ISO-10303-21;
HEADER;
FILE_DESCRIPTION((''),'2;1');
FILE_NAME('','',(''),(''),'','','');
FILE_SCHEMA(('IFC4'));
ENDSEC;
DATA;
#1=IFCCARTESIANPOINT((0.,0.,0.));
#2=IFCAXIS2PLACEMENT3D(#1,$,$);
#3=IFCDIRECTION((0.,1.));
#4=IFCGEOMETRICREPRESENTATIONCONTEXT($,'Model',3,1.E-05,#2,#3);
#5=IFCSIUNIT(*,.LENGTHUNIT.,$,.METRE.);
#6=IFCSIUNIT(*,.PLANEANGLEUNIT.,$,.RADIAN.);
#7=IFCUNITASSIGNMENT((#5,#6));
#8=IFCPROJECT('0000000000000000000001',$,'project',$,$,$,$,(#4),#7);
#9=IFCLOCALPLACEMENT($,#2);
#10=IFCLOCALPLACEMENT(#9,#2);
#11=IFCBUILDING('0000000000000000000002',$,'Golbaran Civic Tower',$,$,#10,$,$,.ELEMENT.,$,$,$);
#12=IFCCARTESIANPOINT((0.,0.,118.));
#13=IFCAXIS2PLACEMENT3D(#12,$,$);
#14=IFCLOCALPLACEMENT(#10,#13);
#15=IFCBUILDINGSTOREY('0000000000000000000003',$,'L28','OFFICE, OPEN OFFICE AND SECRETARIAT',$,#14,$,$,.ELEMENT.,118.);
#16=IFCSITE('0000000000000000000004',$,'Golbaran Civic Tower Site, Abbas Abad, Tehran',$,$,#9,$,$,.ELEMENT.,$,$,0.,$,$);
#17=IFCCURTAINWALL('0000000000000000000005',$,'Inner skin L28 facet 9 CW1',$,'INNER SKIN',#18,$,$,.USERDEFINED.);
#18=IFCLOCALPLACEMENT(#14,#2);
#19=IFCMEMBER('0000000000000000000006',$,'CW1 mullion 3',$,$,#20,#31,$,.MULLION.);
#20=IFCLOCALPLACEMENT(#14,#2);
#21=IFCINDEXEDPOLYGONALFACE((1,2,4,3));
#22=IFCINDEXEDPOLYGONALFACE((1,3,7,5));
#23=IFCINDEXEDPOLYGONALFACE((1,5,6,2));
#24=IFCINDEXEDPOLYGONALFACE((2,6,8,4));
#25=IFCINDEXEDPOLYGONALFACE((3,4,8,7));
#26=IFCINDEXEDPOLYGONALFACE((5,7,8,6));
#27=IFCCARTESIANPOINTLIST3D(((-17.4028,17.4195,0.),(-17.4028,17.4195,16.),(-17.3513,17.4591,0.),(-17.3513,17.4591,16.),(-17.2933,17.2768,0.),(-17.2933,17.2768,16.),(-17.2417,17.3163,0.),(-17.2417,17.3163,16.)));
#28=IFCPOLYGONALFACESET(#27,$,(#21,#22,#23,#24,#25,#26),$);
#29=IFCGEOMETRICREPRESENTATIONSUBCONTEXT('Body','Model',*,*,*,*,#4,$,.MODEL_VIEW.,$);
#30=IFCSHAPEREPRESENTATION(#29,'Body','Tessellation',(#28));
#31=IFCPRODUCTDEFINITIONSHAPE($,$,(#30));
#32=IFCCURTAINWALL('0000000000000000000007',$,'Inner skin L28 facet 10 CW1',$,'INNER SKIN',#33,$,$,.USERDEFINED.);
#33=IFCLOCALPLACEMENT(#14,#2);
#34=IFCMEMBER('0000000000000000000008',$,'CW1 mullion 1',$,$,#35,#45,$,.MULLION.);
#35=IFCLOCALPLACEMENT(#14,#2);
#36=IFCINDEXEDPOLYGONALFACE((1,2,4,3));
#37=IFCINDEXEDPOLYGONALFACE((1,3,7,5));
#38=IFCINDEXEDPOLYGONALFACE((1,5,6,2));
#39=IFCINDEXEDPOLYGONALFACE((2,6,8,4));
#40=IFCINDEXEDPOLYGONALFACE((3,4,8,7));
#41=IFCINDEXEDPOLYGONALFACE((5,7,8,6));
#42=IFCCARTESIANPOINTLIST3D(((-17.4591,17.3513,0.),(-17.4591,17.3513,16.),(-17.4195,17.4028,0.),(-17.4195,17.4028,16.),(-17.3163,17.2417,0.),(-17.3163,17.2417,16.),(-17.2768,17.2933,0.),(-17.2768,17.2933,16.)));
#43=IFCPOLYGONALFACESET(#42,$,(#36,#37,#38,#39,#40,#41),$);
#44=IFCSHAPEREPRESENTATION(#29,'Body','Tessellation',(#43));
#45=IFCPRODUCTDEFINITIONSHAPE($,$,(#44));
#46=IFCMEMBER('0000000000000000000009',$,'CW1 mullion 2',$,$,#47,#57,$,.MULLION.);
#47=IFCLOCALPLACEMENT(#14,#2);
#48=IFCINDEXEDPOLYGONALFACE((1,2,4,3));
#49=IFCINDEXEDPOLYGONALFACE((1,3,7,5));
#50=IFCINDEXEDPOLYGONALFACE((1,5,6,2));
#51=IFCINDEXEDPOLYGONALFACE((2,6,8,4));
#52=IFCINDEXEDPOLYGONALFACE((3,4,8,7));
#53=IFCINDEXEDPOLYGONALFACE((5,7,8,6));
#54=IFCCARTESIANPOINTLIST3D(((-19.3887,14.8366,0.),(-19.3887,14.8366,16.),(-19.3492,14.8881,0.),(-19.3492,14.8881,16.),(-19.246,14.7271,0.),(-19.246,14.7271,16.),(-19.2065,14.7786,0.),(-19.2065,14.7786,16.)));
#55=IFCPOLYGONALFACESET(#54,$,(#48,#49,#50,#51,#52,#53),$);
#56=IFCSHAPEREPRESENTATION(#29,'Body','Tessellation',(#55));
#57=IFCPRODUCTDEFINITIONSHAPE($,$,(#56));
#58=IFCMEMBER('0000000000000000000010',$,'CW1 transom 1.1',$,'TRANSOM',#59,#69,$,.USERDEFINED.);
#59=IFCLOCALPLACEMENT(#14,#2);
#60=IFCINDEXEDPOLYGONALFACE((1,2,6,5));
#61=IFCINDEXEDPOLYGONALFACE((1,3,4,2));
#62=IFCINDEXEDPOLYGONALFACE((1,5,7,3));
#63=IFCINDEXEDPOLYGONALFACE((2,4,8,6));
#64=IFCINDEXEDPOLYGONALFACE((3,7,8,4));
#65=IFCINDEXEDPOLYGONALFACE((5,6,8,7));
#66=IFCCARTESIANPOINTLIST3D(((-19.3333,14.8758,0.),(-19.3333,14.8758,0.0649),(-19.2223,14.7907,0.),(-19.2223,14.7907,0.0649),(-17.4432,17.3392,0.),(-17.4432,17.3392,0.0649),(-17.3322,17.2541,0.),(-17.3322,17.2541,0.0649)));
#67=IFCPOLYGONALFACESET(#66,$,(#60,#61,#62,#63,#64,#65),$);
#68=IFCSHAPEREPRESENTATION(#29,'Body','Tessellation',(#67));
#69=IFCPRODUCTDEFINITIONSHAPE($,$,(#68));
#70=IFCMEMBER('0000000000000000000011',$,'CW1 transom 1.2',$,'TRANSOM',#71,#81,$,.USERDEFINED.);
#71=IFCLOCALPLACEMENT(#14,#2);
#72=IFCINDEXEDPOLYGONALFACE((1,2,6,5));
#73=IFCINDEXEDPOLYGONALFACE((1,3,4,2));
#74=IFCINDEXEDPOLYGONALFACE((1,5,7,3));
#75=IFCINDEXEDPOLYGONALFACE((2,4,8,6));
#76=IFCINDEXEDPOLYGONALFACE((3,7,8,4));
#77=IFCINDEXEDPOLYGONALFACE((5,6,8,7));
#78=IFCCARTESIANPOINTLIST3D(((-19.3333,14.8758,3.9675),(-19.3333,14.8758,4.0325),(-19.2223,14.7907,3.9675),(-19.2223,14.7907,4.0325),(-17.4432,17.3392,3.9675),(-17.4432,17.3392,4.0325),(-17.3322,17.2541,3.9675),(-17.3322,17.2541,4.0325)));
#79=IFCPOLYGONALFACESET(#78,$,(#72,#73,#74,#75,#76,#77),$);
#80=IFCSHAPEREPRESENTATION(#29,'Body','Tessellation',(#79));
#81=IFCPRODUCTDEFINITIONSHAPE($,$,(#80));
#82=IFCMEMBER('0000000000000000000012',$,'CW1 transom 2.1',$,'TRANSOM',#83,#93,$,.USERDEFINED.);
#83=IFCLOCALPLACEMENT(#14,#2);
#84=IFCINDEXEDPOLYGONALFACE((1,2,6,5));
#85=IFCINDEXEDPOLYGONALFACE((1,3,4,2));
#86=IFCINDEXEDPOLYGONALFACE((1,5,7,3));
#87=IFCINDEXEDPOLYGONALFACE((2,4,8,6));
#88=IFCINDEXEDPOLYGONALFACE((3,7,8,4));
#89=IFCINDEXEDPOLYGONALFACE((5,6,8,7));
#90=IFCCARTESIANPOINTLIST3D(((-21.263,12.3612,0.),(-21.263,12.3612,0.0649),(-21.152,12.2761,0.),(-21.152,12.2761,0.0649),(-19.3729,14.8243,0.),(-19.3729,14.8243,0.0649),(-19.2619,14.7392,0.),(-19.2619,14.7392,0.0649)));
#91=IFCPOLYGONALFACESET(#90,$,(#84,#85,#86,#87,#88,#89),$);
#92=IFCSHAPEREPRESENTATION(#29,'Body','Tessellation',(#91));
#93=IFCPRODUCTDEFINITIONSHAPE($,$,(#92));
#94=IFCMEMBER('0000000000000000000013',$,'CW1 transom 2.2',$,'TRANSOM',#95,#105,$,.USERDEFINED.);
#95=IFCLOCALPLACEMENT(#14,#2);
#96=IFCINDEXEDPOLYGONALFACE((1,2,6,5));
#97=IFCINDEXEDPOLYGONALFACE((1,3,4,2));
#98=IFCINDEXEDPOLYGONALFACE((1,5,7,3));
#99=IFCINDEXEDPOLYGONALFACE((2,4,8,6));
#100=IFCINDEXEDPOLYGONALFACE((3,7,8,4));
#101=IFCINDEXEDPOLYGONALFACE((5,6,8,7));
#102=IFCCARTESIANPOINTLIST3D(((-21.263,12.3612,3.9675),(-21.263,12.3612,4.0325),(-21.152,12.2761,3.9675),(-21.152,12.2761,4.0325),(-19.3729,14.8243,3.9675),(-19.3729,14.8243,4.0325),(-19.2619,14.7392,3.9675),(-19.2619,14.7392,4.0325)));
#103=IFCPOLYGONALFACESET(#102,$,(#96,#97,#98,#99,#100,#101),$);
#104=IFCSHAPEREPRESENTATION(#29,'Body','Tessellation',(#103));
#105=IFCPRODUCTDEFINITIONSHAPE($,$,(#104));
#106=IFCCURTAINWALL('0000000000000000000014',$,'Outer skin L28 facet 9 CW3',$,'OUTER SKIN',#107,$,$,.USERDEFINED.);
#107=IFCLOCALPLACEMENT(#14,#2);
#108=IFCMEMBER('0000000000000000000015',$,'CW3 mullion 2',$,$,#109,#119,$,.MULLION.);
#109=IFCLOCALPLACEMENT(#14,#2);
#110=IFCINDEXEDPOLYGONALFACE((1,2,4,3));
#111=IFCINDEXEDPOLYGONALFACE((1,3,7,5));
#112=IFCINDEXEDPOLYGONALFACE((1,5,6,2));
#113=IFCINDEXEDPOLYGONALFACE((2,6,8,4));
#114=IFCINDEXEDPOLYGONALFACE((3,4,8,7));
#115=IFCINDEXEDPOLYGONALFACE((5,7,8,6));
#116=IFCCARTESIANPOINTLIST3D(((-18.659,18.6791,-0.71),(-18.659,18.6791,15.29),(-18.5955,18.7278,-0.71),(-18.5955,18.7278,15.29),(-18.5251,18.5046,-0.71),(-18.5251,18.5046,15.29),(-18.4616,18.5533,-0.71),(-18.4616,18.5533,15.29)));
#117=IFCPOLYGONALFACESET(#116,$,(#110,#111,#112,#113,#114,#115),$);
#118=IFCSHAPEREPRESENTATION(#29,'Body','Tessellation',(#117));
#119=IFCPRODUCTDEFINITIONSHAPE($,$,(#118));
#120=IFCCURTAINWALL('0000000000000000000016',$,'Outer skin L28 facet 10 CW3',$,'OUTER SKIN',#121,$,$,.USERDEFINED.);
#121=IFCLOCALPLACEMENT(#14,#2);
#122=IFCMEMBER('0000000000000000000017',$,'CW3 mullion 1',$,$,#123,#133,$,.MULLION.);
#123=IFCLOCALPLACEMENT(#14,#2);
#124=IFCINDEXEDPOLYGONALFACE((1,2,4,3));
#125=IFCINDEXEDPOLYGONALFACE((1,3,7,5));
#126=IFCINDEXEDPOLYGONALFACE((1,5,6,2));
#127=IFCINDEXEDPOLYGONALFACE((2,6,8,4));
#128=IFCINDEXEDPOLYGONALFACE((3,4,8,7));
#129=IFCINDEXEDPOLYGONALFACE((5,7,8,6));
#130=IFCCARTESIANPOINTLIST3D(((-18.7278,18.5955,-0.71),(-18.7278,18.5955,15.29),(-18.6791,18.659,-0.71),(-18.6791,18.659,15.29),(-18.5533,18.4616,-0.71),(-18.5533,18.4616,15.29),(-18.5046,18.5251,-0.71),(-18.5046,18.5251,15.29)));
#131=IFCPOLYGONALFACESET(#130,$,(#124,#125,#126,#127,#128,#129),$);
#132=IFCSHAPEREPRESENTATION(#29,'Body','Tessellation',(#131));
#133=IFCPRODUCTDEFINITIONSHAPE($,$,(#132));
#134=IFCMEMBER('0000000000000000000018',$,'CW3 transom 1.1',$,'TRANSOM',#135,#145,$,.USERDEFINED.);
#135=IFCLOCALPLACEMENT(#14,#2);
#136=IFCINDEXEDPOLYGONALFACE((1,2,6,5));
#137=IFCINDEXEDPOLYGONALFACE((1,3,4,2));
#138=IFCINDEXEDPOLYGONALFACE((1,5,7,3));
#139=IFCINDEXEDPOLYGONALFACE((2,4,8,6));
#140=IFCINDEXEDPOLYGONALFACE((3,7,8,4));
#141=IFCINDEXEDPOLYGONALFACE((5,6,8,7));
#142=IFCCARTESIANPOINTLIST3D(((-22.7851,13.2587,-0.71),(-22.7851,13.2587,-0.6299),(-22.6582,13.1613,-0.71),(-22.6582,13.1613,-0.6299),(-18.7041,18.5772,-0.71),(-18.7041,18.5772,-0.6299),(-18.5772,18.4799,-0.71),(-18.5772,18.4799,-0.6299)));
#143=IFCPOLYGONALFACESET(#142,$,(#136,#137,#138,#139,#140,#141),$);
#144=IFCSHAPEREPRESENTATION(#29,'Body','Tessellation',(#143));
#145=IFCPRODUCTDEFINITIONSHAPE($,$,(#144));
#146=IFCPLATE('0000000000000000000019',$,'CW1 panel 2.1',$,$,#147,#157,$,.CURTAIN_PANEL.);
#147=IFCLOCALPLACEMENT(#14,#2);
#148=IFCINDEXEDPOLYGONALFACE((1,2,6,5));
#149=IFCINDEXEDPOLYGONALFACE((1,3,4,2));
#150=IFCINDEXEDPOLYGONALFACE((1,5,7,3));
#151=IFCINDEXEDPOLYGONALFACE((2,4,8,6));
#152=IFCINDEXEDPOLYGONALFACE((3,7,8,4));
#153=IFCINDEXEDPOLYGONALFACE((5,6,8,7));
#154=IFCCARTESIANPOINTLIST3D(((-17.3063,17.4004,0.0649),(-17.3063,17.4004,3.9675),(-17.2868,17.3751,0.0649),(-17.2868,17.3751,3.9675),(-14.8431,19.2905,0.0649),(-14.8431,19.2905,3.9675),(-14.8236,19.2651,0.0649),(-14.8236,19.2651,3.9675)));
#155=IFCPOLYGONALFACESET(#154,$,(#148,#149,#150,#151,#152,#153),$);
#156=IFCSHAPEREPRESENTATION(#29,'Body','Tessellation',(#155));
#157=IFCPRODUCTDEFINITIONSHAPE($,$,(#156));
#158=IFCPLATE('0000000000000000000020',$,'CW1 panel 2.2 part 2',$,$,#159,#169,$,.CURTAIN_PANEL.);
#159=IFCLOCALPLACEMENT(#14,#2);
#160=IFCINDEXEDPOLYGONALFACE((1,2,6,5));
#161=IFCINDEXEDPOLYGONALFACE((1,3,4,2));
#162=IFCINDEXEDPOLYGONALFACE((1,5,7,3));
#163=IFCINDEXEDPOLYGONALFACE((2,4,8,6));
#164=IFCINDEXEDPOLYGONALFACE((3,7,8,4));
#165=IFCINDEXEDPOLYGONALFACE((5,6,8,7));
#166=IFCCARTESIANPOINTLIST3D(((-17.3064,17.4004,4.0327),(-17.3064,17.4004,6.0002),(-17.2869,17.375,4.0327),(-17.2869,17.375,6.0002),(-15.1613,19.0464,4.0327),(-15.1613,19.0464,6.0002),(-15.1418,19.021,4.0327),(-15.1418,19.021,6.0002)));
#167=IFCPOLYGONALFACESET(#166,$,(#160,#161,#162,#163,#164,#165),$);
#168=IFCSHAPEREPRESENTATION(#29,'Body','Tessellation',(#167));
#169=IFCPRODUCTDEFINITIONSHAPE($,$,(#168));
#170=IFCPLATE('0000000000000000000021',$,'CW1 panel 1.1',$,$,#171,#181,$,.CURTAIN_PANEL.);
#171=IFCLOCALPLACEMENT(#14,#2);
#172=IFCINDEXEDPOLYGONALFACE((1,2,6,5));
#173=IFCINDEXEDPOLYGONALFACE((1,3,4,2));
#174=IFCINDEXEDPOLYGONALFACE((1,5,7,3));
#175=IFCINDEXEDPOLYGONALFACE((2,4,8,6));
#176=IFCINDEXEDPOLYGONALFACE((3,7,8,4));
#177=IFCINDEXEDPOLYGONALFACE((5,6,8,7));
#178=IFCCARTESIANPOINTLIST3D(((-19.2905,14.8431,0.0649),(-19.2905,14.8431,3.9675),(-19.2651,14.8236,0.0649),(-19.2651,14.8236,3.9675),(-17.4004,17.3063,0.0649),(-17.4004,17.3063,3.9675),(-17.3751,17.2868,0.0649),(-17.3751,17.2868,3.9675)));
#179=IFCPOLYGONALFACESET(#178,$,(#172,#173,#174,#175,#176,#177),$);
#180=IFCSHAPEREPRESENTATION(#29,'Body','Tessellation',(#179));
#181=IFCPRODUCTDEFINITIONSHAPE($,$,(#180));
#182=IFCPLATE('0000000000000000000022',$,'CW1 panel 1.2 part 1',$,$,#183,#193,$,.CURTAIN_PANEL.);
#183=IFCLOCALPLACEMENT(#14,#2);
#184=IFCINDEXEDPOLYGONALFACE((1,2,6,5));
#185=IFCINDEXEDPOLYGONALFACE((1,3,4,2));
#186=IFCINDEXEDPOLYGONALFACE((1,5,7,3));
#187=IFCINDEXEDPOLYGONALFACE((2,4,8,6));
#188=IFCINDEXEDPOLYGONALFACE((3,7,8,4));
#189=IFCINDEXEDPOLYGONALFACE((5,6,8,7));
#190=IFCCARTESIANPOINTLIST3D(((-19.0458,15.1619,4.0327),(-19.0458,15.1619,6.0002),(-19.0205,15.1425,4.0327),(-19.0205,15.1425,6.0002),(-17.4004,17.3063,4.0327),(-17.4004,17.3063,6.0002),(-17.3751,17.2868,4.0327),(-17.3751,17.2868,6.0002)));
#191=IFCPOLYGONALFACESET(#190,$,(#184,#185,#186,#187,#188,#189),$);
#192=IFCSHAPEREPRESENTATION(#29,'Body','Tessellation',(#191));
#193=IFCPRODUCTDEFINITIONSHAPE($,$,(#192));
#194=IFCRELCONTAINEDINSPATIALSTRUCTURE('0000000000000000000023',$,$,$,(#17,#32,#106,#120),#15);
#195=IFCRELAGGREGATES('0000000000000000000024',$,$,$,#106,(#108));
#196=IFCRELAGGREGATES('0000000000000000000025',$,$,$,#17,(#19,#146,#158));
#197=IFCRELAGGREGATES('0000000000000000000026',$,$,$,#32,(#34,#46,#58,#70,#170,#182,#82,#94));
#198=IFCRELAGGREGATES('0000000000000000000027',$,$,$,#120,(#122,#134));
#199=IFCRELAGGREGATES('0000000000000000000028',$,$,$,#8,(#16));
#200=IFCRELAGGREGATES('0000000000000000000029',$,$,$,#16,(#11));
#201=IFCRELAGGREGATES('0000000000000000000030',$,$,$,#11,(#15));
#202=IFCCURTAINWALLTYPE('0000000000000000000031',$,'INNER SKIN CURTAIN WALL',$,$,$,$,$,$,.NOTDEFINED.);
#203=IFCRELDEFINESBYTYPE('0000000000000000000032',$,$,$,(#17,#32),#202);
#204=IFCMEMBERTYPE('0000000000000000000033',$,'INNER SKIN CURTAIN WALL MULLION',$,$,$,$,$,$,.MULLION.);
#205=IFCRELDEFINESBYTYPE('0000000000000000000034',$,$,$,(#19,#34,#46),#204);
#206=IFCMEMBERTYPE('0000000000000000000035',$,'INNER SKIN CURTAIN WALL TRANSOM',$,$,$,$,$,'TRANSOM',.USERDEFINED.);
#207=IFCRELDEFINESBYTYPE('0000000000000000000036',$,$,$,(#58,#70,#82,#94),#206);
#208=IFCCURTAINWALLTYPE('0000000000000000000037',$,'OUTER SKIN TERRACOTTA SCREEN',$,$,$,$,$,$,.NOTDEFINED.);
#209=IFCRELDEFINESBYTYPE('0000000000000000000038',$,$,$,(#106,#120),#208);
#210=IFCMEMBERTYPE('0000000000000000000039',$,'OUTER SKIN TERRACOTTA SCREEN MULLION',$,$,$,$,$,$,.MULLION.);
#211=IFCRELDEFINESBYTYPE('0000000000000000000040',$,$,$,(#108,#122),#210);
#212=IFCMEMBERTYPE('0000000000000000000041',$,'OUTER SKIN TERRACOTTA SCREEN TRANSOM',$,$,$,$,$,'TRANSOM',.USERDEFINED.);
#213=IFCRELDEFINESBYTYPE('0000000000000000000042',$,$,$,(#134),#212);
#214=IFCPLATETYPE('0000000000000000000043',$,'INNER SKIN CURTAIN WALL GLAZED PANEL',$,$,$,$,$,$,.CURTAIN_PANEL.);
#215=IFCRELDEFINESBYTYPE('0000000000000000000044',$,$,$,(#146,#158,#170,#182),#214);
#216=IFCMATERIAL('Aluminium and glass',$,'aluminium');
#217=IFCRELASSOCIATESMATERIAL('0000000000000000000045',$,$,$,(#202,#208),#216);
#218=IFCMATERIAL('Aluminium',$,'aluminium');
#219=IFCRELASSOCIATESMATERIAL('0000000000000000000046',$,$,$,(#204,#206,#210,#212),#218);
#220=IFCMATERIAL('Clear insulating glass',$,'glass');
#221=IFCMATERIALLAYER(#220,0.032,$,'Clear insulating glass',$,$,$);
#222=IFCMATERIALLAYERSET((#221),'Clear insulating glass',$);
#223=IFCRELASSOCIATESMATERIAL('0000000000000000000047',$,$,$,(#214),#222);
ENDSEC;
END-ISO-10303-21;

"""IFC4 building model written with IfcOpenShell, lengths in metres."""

from ifc_helpers import new_model, si_unit, direction, frame, origin, origin_2d, place, context, subcontext, project, spatial, rectangle, extrude, material, layer, layer_set, material_profile, profile_set, type_object, element, aggregate, save


model = new_model("IFC4")

# Units and contexts
model_context = context("Model", 3, precision=1e-05, world=origin(), true_north=direction((0.0, 1.0)))
body_context = subcontext(model_context, "Body", "Model", "MODEL_VIEW")
ifc_project = project(units=[si_unit("LENGTHUNIT", "METRE"), si_unit("PLANEANGLEUNIT", "RADIAN")], contexts=[model_context])

# Site, building, storey
site_placement = place(None, origin())
site = spatial("IfcSite", under=ifc_project, at=site_placement, Name="Golbaran Civic Tower Site, Abbas Abad, Tehran", CompositionType="ELEMENT", RefElevation=0.0)
building_placement = place(site_placement, origin())
building = spatial("IfcBuilding", under=site, at=building_placement, Name="Golbaran Civic Tower", CompositionType="ELEMENT")
storey_placement = place(building_placement, frame((0.0, 0.0, 118.0)))
storey = spatial("IfcBuildingStorey", under=building, at=storey_placement, Name="L28", Description="OFFICE, OPEN OFFICE AND SECRETARIAT", CompositionType="ELEMENT", Elevation=118.0)

# Curtain wall, member
ifc_material_1 = material(Name="Aluminium and glass", Category="aluminium")
curtain_wall_type_1 = type_object("IfcCurtainWallType", Name="INNER SKIN CURTAIN WALL", PredefinedType="NOTDEFINED", material=ifc_material_1)
curtain_wall_1_placement = place(storey_placement, origin())
curtain_wall_1 = element("IfcCurtainWall", 1, at=curtain_wall_1_placement, inside=storey, type_object=curtain_wall_type_1, Name="Inner skin L28 facet 9 CW1", ObjectType="INNER SKIN", PredefinedType="USERDEFINED")
ifc_material_2 = material(Name="Aluminium", Category="aluminium")
ifc_material_profile_1 = material_profile(ifc_material_2, rectangle(XDim=0.1799, YDim=0.0649, at=origin_2d()), Name="INNER SKIN CURTAIN WALL MULLION")
ifc_profile_set_1 = profile_set([ifc_material_profile_1], Name="Aluminium")
member_type_1 = type_object("IfcMemberType", Name="INNER SKIN CURTAIN WALL MULLION", PredefinedType="MULLION", material=ifc_profile_set_1)
member_1_placement = place(storey_placement, frame((-17.3223, 17.3679, 0.0), z_axis=(0.0, 0.0, 1.0), x_axis=(0.608761, -0.793353, 0.0)))
member_1 = element("IfcMember", 2, at=member_1_placement, type_object=member_type_1, Name="CW1 mullion 3", PredefinedType="MULLION", context=body_context, shape_type="SweptSolid", body=[
    extrude(rectangle(XDim=0.1799, YDim=0.0649, at=origin_2d()), origin(), (0.0, 0.0, 1.0), 16.0),
])

# Curtain wall, members
curtain_wall_2_placement = place(storey_placement, origin())
curtain_wall_2 = element("IfcCurtainWall", 3, at=curtain_wall_2_placement, inside=storey, type_object=curtain_wall_type_1, Name="Inner skin L28 facet 10 CW1", ObjectType="INNER SKIN", PredefinedType="USERDEFINED")
member_2_placement = place(storey_placement, frame((-17.3679, 17.3223, 0.0), z_axis=(0.0, 0.0, 1.0), x_axis=(0.793353, -0.608761, 0.0)))
member_2 = element("IfcMember", 4, at=member_2_placement, type_object=member_type_1, Name="CW1 mullion 1", PredefinedType="MULLION", context=body_context, shape_type="SweptSolid", body=[
    extrude(rectangle(XDim=0.1799, YDim=0.0649, at=origin_2d()), origin(), (0.0, 0.0, 1.0), 16.0),
])
member_3_placement = place(storey_placement, frame((-19.2976, 14.8076, 0.0), z_axis=(0.0, 0.0, 1.0), x_axis=(0.793353, -0.608761, 0.0)))
member_3 = element("IfcMember", 5, at=member_3_placement, type_object=member_type_1, Name="CW1 mullion 2", PredefinedType="MULLION", context=body_context, shape_type="SweptSolid", body=[
    extrude(rectangle(XDim=0.1799, YDim=0.0649, at=origin_2d()), origin(), (0.0, 0.0, 1.0), 16.0),
])
ifc_material_profile_2 = material_profile(ifc_material_2, rectangle(XDim=0.1399, YDim=0.0649, at=origin_2d()), Name="INNER SKIN CURTAIN WALL TRANSOM")
ifc_profile_set_2 = profile_set([ifc_material_profile_2], Name="Aluminium")
member_type_2 = type_object("IfcMemberType", Name="INNER SKIN CURTAIN WALL TRANSOM", ElementType="TRANSOM", PredefinedType="USERDEFINED", material=ifc_profile_set_2)
member_4_placement = place(storey_placement, frame((-17.3877, 17.2966, 0.0325), z_axis=(-0.608745, -0.793366, 0.0), x_axis=(0.793366, -0.608745, 0.0)))
member_4 = element("IfcMember", 6, at=member_4_placement, type_object=member_type_2, Name="CW1 transom 1.1", ObjectType="TRANSOM", PredefinedType="USERDEFINED", context=body_context, shape_type="SweptSolid", body=[
    extrude(rectangle(XDim=0.1399, YDim=0.0649, at=origin_2d()), origin(), (0.0, 0.0, 1.0), 3.105),
])
member_5_placement = place(storey_placement, frame((-17.3877, 17.2966, 4.0), z_axis=(-0.608745, -0.793366, 0.0), x_axis=(0.793366, -0.608745, 0.0)))
member_5 = element("IfcMember", 7, at=member_5_placement, type_object=member_type_2, Name="CW1 transom 1.2", ObjectType="TRANSOM", PredefinedType="USERDEFINED", context=body_context, shape_type="SweptSolid", body=[
    extrude(rectangle(XDim=0.1399, YDim=0.0649, at=origin_2d()), origin(), (0.0, 0.0, 1.0), 3.105),
])
member_6_placement = place(storey_placement, frame((-19.3174, 14.7817, 0.0325), z_axis=(-0.608783, -0.793337, 0.0), x_axis=(0.793337, -0.608783, 0.0)))
member_6 = element("IfcMember", 8, at=member_6_placement, type_object=member_type_2, Name="CW1 transom 2.1", ObjectType="TRANSOM", PredefinedType="USERDEFINED", context=body_context, shape_type="SweptSolid", body=[
    extrude(rectangle(XDim=0.1399, YDim=0.0649, at=origin_2d()), origin(), (0.0, 0.0, 1.0), 3.1047),
])
member_7_placement = place(storey_placement, frame((-19.3174, 14.7817, 4.0), z_axis=(-0.608783, -0.793337, 0.0), x_axis=(0.793337, -0.608783, 0.0)))
member_7 = element("IfcMember", 9, at=member_7_placement, type_object=member_type_2, Name="CW1 transom 2.2", ObjectType="TRANSOM", PredefinedType="USERDEFINED", context=body_context, shape_type="SweptSolid", body=[
    extrude(rectangle(XDim=0.1399, YDim=0.0649, at=origin_2d()), origin(), (0.0, 0.0, 1.0), 3.1047),
])

# Curtain wall, member
curtain_wall_type_2 = type_object("IfcCurtainWallType", Name="OUTER SKIN TERRACOTTA SCREEN", PredefinedType="NOTDEFINED", material=ifc_material_1)
curtain_wall_3_placement = place(storey_placement, origin())
curtain_wall_3 = element("IfcCurtainWall", 10, at=curtain_wall_3_placement, inside=storey, type_object=curtain_wall_type_2, Name="Outer skin L28 facet 9 CW3", ObjectType="OUTER SKIN", PredefinedType="USERDEFINED")
ifc_material_profile_3 = material_profile(ifc_material_2, rectangle(XDim=0.22, YDim=0.0801, at=origin_2d()), Name="OUTER SKIN TERRACOTTA SCREEN MULLION")
ifc_profile_set_3 = profile_set([ifc_material_profile_3], Name="Aluminium")
member_type_3 = type_object("IfcMemberType", Name="OUTER SKIN TERRACOTTA SCREEN MULLION", PredefinedType="MULLION", material=ifc_profile_set_3)
member_8_placement = place(storey_placement, frame((-18.5603, 18.6162, -0.71), z_axis=(0.0, 0.0, 1.0), x_axis=(0.608761, -0.793353, 0.0)))
member_8 = element("IfcMember", 11, at=member_8_placement, type_object=member_type_3, Name="CW3 mullion 2", PredefinedType="MULLION", context=body_context, shape_type="SweptSolid", body=[
    extrude(rectangle(XDim=0.22, YDim=0.0801, at=origin_2d()), origin(), (0.0, 0.0, 1.0), 16.0),
])
aggregate(curtain_wall_3, [member_8])

# Curtain wall, members
curtain_wall_4_placement = place(storey_placement, origin())
curtain_wall_4 = element("IfcCurtainWall", 12, at=curtain_wall_4_placement, inside=storey, type_object=curtain_wall_type_2, Name="Outer skin L28 facet 10 CW3", ObjectType="OUTER SKIN", PredefinedType="USERDEFINED")
member_9_placement = place(storey_placement, frame((-18.6162, 18.5603, -0.71), z_axis=(0.0, 0.0, 1.0), x_axis=(0.793353, -0.608761, 0.0)))
member_9 = element("IfcMember", 13, at=member_9_placement, type_object=member_type_3, Name="CW3 mullion 1", PredefinedType="MULLION", context=body_context, shape_type="SweptSolid", body=[
    extrude(rectangle(XDim=0.22, YDim=0.0801, at=origin_2d()), origin(), (0.0, 0.0, 1.0), 16.0),
])
ifc_material_profile_4 = material_profile(ifc_material_2, rectangle(XDim=0.1599, YDim=0.0801, at=origin_2d()), Name="OUTER SKIN TERRACOTTA SCREEN TRANSOM")
ifc_profile_set_4 = profile_set([ifc_material_profile_4], Name="Aluminium")
member_type_4 = type_object("IfcMemberType", Name="OUTER SKIN TERRACOTTA SCREEN TRANSOM", ElementType="TRANSOM", PredefinedType="USERDEFINED", material=ifc_profile_set_4)
member_10_placement = place(storey_placement, frame((-18.6406, 18.5286, -0.6699), z_axis=(-0.608756, -0.793357, 0.0), x_axis=(0.793357, -0.608756, 0.0)))
member_10 = element("IfcMember", 14, at=member_10_placement, type_object=member_type_4, Name="CW3 transom 1.1", ObjectType="TRANSOM", PredefinedType="USERDEFINED", context=body_context, shape_type="SweptSolid", body=[
    extrude(rectangle(XDim=0.1599, YDim=0.0801, at=origin_2d()), origin(), (0.0, 0.0, 1.0), 6.7039),
])

# Plates
ifc_material_3 = material(Name="Clear insulating glass", Category="glass")
ifc_layer_1 = layer(ifc_material_3, 0.032, Name="Clear insulating glass")
ifc_layer_set_1 = layer_set([ifc_layer_1], Name="Clear insulating glass")
plate_type_1 = type_object("IfcPlateType", Name="INNER SKIN CURTAIN WALL GLAZED PANEL", PredefinedType="CURTAIN_PANEL", material=ifc_layer_set_1)
plate_1_placement = place(storey_placement, frame((-16.0649, 18.3328, 0.0649), z_axis=(0.0, 0.0, 1.0), x_axis=(-0.793353, -0.608761, 0.0)))
plate_1 = element("IfcPlate", 15, at=plate_1_placement, type_object=plate_type_1, Name="CW1 panel 2.1", PredefinedType="CURTAIN_PANEL", context=body_context, shape_type="SweptSolid", body=[
    extrude(rectangle(XDim=3.1047, YDim=0.032, at=origin_2d()), origin(), (0.0, 0.0, 1.0), 3.9026),
])
plate_2_placement = place(storey_placement, frame((-16.2241, 18.2107, 4.0327), z_axis=(0.0, 0.0, 1.0), x_axis=(-0.793353, -0.608761, 0.0)))
plate_2 = element("IfcPlate", 16, at=plate_2_placement, type_object=plate_type_1, Name="CW1 panel 2.2 part 2", PredefinedType="CURTAIN_PANEL", context=body_context, shape_type="SweptSolid", body=[
    extrude(rectangle(XDim=2.7039, YDim=0.032, at=origin_2d()), origin(), (0.0, 0.0, 1.0), 1.9675),
])
aggregate(curtain_wall_1, [member_1, plate_1, plate_2])
plate_3_placement = place(storey_placement, frame((-18.3328, 16.0649, 0.0649), z_axis=(0.0, 0.0, 1.0), x_axis=(-0.608761, -0.793353, 0.0)))
plate_3 = element("IfcPlate", 17, at=plate_3_placement, type_object=plate_type_1, Name="CW1 panel 1.1", PredefinedType="CURTAIN_PANEL", context=body_context, shape_type="SweptSolid", body=[
    extrude(rectangle(XDim=3.1047, YDim=0.032, at=origin_2d()), origin(), (0.0, 0.0, 1.0), 3.9026),
])
plate_4_placement = place(storey_placement, frame((-18.2104, 16.2244, 4.0327), z_axis=(0.0, 0.0, 1.0), x_axis=(-0.608761, -0.793353, 0.0)))
plate_4 = element("IfcPlate", 18, at=plate_4_placement, type_object=plate_type_1, Name="CW1 panel 1.2 part 1", PredefinedType="CURTAIN_PANEL", context=body_context, shape_type="SweptSolid", body=[
    extrude(rectangle(XDim=2.7029, YDim=0.032, at=origin_2d()), origin(), (0.0, 0.0, 1.0), 1.9675),
])
aggregate(curtain_wall_2, [member_2, member_3, member_4, member_5, plate_3, plate_4, member_6, member_7])
aggregate(curtain_wall_4, [member_9, member_10])

save(model, "model.ifc")
